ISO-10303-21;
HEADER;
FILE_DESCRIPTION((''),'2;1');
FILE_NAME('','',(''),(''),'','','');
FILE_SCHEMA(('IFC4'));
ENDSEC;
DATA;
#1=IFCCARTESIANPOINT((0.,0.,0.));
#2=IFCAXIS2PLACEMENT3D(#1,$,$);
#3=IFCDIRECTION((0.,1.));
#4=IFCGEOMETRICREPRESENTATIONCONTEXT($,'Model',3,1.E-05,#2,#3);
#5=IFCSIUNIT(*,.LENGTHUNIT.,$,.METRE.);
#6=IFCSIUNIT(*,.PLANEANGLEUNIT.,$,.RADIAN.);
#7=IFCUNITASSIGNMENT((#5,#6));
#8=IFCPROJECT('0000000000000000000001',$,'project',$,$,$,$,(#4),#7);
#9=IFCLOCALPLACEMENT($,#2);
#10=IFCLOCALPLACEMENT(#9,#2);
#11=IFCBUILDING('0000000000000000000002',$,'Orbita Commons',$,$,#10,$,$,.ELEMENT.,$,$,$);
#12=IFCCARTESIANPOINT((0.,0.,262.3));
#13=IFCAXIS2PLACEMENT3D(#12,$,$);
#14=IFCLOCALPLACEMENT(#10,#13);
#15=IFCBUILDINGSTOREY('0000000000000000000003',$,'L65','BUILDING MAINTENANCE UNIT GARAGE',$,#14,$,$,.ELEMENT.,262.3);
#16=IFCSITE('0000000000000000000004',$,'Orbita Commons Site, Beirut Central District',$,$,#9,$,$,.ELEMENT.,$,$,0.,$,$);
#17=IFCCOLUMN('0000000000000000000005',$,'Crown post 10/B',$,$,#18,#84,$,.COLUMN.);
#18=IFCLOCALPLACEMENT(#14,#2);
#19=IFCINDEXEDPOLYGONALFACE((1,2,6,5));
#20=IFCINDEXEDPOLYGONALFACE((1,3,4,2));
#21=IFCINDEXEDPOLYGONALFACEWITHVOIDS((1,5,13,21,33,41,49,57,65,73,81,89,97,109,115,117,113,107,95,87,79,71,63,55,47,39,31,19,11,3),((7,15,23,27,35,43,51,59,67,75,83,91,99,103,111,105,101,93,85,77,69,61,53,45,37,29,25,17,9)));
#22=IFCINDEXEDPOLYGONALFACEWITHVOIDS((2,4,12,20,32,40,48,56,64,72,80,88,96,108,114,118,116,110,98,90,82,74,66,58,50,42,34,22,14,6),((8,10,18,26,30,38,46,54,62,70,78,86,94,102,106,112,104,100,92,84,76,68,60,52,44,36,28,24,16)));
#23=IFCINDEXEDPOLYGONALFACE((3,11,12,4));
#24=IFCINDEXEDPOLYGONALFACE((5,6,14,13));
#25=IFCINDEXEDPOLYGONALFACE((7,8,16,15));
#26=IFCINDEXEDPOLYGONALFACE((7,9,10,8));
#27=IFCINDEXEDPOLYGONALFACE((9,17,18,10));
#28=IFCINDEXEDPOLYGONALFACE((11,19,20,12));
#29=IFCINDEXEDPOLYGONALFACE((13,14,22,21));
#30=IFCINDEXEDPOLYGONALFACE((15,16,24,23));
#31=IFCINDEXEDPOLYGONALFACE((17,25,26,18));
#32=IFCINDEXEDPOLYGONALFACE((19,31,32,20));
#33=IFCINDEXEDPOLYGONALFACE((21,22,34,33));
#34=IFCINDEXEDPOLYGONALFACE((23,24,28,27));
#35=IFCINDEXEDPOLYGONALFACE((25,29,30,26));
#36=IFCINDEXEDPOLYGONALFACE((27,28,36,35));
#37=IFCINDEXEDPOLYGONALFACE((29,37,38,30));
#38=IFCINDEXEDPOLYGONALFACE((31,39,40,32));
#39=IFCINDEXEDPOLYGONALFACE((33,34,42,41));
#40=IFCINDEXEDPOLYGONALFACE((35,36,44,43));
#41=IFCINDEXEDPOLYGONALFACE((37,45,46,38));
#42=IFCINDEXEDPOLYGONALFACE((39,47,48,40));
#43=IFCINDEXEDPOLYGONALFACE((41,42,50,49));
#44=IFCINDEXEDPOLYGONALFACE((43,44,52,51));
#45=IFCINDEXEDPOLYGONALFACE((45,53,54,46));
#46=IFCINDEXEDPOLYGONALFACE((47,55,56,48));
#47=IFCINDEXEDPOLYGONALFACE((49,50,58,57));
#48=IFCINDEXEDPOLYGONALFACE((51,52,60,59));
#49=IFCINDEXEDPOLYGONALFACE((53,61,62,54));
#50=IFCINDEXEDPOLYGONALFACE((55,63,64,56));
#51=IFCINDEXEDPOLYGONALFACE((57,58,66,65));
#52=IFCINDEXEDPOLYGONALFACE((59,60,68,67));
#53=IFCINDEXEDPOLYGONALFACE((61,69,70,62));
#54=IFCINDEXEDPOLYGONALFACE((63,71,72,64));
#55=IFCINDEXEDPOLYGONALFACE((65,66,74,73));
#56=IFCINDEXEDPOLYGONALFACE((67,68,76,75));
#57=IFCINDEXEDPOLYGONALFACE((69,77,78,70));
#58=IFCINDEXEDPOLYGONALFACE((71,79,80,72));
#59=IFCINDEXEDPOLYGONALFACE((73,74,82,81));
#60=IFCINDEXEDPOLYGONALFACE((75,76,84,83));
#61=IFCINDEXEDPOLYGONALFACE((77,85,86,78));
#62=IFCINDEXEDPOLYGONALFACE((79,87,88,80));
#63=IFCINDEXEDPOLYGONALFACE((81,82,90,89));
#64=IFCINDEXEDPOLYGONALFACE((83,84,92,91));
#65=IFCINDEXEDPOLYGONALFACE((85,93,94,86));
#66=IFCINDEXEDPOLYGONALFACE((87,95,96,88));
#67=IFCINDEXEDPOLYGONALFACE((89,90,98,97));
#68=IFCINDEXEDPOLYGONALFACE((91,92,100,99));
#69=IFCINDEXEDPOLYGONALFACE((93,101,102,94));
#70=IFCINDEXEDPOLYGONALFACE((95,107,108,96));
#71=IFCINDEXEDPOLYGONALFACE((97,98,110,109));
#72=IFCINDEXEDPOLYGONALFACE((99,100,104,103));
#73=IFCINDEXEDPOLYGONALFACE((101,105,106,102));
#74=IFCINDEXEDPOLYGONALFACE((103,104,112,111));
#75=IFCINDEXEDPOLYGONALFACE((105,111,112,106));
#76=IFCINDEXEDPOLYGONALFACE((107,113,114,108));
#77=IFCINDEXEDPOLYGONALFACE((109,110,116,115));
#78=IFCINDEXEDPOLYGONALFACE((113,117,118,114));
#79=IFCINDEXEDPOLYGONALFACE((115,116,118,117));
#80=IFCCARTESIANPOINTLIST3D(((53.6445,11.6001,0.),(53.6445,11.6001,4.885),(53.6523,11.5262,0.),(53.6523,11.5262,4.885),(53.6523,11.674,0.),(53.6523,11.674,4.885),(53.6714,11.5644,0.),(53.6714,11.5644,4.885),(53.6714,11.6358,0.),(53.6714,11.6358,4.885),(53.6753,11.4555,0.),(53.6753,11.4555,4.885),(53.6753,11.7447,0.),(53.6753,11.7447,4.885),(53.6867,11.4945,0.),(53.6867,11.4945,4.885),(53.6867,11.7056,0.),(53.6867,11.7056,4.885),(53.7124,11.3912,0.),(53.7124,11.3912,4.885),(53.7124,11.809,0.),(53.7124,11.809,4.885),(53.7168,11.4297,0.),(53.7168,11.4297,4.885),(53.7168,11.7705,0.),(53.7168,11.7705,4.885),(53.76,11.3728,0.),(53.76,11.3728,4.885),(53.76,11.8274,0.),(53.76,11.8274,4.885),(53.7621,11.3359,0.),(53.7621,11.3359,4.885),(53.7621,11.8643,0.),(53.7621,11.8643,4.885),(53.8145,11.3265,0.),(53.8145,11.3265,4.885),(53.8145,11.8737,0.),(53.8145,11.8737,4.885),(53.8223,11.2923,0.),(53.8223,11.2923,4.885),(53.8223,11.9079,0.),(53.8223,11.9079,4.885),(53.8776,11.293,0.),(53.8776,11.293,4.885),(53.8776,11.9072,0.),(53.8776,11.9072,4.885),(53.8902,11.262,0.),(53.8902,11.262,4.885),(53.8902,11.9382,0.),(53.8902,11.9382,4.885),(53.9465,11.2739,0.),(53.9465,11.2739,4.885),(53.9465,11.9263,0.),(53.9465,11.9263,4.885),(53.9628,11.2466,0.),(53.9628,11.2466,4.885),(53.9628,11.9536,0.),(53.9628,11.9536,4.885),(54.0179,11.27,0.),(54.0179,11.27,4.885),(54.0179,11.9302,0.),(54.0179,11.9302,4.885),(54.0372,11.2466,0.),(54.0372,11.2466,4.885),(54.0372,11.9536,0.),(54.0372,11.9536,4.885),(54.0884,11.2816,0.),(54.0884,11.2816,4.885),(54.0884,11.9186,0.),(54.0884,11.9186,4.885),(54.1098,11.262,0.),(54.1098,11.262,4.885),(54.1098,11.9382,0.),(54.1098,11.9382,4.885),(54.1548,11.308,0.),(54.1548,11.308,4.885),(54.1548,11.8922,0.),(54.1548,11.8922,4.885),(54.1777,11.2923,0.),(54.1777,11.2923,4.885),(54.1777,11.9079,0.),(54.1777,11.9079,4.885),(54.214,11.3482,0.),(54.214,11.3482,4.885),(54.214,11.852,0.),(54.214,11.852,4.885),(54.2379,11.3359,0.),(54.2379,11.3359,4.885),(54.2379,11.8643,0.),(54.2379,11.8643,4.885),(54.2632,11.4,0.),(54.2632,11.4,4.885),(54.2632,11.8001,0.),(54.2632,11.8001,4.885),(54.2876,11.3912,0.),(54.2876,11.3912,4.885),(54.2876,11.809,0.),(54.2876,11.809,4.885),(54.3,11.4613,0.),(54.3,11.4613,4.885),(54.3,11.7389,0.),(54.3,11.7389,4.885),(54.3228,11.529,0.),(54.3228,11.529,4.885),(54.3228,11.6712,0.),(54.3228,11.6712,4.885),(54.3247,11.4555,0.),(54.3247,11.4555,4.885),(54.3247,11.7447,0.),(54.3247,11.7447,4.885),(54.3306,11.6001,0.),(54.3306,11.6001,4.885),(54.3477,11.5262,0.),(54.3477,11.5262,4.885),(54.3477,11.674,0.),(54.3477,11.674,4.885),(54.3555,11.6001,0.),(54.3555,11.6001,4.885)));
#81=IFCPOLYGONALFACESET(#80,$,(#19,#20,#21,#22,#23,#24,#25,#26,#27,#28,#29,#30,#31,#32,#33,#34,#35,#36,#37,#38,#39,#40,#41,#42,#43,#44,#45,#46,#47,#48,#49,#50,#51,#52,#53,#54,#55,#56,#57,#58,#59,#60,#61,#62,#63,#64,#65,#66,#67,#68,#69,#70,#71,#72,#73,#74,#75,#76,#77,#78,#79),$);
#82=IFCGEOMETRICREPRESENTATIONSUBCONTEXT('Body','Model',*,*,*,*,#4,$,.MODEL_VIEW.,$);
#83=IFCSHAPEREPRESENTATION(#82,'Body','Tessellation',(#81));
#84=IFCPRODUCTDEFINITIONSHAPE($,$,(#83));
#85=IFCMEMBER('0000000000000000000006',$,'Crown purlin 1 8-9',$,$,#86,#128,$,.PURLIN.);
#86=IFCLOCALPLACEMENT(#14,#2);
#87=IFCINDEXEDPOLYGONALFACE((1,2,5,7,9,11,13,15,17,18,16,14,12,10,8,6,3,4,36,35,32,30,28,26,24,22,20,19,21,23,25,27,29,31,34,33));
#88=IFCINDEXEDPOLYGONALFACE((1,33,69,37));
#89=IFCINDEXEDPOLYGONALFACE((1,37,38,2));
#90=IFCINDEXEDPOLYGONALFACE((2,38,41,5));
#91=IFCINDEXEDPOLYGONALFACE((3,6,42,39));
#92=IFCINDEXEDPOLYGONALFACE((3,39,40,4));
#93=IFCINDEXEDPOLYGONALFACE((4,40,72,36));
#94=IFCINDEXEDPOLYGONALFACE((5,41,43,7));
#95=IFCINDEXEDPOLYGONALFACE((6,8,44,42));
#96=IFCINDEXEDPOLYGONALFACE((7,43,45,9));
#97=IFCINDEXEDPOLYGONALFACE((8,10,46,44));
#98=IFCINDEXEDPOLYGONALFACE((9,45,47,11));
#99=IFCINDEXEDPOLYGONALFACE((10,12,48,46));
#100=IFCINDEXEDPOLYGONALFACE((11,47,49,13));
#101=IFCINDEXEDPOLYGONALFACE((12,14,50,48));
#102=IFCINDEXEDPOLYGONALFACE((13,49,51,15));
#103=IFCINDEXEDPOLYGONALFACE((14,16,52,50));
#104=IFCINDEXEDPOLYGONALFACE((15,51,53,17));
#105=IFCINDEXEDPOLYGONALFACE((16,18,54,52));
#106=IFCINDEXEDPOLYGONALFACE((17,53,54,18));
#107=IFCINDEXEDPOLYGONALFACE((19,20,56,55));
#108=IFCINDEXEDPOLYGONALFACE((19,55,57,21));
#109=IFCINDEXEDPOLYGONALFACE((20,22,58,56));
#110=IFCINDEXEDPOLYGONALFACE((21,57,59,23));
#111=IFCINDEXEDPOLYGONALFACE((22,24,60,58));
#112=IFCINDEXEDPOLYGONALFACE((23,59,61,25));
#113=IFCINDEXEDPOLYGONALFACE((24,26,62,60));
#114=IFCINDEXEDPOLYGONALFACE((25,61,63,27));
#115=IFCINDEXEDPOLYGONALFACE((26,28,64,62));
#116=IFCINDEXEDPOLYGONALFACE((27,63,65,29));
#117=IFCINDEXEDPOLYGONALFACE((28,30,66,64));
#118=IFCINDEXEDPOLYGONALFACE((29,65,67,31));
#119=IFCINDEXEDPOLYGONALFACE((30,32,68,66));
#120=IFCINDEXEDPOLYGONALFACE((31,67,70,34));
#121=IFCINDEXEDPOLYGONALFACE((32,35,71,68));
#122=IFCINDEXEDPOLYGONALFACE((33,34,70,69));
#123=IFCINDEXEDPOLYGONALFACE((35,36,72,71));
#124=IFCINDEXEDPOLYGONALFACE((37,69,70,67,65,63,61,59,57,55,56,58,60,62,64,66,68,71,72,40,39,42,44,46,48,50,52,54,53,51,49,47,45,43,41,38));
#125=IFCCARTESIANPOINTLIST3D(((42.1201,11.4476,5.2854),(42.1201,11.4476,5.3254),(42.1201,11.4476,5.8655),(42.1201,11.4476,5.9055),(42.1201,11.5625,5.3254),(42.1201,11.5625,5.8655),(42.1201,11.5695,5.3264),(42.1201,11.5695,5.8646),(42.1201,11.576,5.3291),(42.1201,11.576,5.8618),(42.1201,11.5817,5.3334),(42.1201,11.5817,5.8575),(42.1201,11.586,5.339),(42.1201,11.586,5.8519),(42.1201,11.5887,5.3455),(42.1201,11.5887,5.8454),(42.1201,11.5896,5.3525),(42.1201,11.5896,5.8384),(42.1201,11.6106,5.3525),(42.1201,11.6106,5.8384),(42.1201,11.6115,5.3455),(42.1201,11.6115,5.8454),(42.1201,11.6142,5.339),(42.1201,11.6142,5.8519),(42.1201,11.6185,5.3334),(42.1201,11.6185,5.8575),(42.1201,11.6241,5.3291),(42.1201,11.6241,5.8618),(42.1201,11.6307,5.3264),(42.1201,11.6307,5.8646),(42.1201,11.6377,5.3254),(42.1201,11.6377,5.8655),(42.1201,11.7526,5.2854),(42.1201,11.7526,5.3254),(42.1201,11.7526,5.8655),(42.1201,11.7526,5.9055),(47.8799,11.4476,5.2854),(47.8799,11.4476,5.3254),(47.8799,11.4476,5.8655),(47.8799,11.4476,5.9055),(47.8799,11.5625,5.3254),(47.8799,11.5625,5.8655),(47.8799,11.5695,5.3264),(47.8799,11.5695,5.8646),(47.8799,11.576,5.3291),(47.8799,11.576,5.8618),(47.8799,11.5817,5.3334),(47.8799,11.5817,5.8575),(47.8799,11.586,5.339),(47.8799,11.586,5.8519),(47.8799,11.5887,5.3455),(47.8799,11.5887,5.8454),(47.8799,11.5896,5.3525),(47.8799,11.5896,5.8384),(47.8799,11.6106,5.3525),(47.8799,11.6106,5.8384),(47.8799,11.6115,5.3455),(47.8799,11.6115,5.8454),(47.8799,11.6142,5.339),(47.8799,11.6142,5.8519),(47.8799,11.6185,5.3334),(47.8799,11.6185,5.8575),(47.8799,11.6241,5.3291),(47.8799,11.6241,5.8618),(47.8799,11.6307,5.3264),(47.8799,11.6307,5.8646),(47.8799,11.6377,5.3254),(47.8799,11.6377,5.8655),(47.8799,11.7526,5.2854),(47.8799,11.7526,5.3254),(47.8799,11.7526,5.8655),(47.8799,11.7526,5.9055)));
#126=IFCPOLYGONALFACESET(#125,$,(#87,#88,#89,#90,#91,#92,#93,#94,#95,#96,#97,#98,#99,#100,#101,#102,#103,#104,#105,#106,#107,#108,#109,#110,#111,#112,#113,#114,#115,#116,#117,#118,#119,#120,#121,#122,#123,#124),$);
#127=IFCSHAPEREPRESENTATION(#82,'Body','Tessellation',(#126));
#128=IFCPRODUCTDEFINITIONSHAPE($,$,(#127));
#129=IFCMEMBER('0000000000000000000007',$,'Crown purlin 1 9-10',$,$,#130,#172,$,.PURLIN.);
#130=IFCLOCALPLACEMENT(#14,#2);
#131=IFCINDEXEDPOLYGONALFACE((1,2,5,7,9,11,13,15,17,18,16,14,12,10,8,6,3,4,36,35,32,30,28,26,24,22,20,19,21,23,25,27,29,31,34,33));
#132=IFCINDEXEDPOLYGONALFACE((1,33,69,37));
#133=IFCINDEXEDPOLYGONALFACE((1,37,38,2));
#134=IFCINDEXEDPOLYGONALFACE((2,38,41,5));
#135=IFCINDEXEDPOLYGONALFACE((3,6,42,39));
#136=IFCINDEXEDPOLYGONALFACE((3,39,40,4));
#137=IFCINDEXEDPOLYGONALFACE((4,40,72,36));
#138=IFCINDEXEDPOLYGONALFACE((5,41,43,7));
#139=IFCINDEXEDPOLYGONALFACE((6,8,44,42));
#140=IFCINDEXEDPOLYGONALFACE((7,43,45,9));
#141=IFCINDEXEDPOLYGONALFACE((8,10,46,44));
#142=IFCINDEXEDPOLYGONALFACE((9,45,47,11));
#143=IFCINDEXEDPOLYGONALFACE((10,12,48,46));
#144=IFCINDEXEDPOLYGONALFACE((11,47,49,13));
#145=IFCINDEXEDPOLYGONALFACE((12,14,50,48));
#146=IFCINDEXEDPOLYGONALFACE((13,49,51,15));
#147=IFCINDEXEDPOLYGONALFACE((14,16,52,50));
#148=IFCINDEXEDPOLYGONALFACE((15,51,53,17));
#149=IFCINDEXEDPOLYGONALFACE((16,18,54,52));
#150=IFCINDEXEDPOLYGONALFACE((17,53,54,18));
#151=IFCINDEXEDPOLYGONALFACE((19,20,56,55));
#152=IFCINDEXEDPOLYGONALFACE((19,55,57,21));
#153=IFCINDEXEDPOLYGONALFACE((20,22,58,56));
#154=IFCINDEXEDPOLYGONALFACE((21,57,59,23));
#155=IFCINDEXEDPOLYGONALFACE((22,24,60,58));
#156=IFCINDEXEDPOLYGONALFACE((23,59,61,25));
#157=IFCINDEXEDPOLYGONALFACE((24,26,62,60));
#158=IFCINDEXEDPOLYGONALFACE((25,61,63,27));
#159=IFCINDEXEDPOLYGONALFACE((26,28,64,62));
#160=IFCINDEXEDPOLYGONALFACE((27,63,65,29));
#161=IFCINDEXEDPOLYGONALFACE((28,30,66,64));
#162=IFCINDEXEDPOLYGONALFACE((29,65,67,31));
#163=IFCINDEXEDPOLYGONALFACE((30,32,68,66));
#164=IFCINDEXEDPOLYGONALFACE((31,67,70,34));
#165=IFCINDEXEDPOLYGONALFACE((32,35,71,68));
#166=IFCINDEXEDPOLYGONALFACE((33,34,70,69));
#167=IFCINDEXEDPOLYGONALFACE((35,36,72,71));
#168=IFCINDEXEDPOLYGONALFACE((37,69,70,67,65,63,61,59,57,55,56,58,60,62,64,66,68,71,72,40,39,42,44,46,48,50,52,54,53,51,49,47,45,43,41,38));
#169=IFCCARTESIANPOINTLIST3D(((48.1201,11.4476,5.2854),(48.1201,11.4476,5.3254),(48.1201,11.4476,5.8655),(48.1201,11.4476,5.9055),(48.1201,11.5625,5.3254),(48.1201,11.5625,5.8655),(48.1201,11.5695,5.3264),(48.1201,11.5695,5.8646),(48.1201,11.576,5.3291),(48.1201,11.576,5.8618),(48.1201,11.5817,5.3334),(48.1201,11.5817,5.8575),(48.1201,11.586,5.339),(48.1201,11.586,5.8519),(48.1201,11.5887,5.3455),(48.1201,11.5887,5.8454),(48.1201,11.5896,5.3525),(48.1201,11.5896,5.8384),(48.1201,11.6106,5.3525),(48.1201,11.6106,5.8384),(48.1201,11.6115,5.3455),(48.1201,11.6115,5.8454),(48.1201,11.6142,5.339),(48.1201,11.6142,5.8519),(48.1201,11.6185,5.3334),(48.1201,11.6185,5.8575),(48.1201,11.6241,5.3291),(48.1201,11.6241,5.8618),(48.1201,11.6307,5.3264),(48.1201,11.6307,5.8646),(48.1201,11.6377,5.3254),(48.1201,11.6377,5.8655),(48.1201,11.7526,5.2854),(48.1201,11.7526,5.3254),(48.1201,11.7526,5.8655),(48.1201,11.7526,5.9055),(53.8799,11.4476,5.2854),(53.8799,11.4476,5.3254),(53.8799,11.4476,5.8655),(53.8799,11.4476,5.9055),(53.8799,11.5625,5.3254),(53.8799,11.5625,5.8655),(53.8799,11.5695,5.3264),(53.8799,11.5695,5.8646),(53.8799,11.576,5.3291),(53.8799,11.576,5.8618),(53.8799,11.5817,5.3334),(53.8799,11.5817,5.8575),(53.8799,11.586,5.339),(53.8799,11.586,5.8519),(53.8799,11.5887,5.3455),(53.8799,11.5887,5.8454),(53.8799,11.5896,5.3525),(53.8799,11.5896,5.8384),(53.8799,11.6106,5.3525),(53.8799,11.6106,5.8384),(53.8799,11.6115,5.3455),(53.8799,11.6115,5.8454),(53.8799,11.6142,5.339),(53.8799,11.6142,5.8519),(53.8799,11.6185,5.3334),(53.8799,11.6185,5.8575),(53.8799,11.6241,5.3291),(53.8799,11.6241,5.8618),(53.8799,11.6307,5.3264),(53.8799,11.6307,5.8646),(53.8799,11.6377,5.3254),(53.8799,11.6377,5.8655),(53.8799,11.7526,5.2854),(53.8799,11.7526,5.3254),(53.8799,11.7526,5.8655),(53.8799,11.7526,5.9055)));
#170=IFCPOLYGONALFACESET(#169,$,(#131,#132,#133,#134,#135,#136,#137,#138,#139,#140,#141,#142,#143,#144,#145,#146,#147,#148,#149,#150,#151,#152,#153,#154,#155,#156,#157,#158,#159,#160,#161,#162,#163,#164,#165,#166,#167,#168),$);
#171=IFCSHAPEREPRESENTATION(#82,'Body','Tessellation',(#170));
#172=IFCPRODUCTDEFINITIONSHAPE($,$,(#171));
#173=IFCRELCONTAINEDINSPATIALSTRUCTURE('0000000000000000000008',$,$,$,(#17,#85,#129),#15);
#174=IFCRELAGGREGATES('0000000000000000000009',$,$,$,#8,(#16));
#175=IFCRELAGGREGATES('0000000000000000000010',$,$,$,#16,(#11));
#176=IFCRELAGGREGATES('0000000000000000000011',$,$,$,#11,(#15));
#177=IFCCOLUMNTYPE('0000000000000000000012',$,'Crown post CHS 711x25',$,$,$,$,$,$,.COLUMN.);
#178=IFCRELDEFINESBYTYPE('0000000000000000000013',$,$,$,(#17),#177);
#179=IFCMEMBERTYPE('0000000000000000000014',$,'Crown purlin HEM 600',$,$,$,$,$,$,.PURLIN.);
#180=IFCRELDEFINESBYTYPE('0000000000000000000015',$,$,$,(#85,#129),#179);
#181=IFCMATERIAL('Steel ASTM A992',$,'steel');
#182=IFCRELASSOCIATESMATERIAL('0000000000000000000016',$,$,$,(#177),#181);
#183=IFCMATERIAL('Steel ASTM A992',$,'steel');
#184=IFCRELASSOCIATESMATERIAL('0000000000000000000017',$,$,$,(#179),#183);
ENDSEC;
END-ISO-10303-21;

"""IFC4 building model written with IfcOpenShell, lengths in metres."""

from ifc_helpers import new_model, si_unit, direction, frame, origin, origin_2d, place, context, subcontext, project, spatial, hollow_circle, i_section, extrude, material, material_profile, profile_set, type_object, element, save


model = new_model("IFC4")

# Units and contexts
model_context = context("Model", 3, precision=1e-05, world=origin(), true_north=direction((0.0, 1.0)))
body_context = subcontext(model_context, "Body", "Model", "MODEL_VIEW")
ifc_project = project(units=[si_unit("LENGTHUNIT", "METRE"), si_unit("PLANEANGLEUNIT", "RADIAN")], contexts=[model_context])

# Site, building, storey
site_placement = place(None, origin())
site = spatial("IfcSite", under=ifc_project, at=site_placement, Name="Orbita Commons Site, Beirut Central District", CompositionType="ELEMENT", RefElevation=0.0)
building_placement = place(site_placement, origin())
building = spatial("IfcBuilding", under=site, at=building_placement, Name="Orbita Commons", CompositionType="ELEMENT")
storey_placement = place(building_placement, frame((0.0, 0.0, 262.3)))
storey = spatial("IfcBuildingStorey", under=building, at=storey_placement, Name="L65", Description="BUILDING MAINTENANCE UNIT GARAGE", CompositionType="ELEMENT", Elevation=262.3)

# Column
ifc_material_1 = material(Name="Steel ASTM A992", Category="steel")
ifc_material_profile_1 = material_profile(ifc_material_1, hollow_circle(Radius=0.3555, WallThickness=0.0249, at=origin_2d()), Name="CHS 711x25")
ifc_profile_set_1 = profile_set([ifc_material_profile_1], Name="Steel ASTM A992")
column_type = type_object("IfcColumnType", Name="Crown post CHS 711x25", PredefinedType="COLUMN", material=ifc_profile_set_1)
for number, where, z_axis, x_axis, name in (
    (1, (54.0, 11.6001, 0.0), (0.0, 0.0, 1.0), (1.0, 0.0, 0.0), "Crown post 10/B"),
):
    element("IfcColumn", number, at=place(storey_placement, frame(where, z_axis=z_axis, x_axis=x_axis)), inside=storey, type_object=column_type, Name=name, PredefinedType="COLUMN", context=body_context, shape_type="SweptSolid", body=[
        extrude(hollow_circle(Radius=0.3555, WallThickness=0.0249, at=origin_2d()), origin(), (0.0, 0.0, 1.0), 4.885),
    ])

# Members
ifc_material_2 = material(Name="Steel ASTM A992", Category="steel")
ifc_material_profile_2 = material_profile(ifc_material_2, i_section(OverallWidth=0.3049, OverallDepth=0.6201, WebThickness=0.021, FlangeThickness=0.04, FilletRadius=0.0271, at=origin_2d()), Name="HEM 600")
ifc_profile_set_2 = profile_set([ifc_material_profile_2], Name="Steel ASTM A992")
member_type_1 = type_object("IfcMemberType", Name="Crown purlin HEM 600", PredefinedType="PURLIN", material=ifc_profile_set_2)
for number, where, z_axis, x_axis, name in (
    (2, (42.1201, 11.6001, 5.5955), (1.0, 0.0, 0.0), (0.0, 1.0, 0.0), "Crown purlin 1 8-9"),
    (3, (48.1201, 11.6001, 5.5955), (1.0, 0.0, 0.0), (0.0, 1.0, 0.0), "Crown purlin 1 9-10"),
):
    element("IfcMember", number, at=place(storey_placement, frame(where, z_axis=z_axis, x_axis=x_axis)), inside=storey, type_object=member_type_1, Name=name, PredefinedType="PURLIN", context=body_context, shape_type="SweptSolid", body=[
        extrude(i_section(OverallWidth=0.3049, OverallDepth=0.6201, WebThickness=0.021, FlangeThickness=0.04, FilletRadius=0.0271, at=origin_2d()), origin(), (0.0, 0.0, 1.0), 5.7598),
    ])

save(model, "model.ifc")
